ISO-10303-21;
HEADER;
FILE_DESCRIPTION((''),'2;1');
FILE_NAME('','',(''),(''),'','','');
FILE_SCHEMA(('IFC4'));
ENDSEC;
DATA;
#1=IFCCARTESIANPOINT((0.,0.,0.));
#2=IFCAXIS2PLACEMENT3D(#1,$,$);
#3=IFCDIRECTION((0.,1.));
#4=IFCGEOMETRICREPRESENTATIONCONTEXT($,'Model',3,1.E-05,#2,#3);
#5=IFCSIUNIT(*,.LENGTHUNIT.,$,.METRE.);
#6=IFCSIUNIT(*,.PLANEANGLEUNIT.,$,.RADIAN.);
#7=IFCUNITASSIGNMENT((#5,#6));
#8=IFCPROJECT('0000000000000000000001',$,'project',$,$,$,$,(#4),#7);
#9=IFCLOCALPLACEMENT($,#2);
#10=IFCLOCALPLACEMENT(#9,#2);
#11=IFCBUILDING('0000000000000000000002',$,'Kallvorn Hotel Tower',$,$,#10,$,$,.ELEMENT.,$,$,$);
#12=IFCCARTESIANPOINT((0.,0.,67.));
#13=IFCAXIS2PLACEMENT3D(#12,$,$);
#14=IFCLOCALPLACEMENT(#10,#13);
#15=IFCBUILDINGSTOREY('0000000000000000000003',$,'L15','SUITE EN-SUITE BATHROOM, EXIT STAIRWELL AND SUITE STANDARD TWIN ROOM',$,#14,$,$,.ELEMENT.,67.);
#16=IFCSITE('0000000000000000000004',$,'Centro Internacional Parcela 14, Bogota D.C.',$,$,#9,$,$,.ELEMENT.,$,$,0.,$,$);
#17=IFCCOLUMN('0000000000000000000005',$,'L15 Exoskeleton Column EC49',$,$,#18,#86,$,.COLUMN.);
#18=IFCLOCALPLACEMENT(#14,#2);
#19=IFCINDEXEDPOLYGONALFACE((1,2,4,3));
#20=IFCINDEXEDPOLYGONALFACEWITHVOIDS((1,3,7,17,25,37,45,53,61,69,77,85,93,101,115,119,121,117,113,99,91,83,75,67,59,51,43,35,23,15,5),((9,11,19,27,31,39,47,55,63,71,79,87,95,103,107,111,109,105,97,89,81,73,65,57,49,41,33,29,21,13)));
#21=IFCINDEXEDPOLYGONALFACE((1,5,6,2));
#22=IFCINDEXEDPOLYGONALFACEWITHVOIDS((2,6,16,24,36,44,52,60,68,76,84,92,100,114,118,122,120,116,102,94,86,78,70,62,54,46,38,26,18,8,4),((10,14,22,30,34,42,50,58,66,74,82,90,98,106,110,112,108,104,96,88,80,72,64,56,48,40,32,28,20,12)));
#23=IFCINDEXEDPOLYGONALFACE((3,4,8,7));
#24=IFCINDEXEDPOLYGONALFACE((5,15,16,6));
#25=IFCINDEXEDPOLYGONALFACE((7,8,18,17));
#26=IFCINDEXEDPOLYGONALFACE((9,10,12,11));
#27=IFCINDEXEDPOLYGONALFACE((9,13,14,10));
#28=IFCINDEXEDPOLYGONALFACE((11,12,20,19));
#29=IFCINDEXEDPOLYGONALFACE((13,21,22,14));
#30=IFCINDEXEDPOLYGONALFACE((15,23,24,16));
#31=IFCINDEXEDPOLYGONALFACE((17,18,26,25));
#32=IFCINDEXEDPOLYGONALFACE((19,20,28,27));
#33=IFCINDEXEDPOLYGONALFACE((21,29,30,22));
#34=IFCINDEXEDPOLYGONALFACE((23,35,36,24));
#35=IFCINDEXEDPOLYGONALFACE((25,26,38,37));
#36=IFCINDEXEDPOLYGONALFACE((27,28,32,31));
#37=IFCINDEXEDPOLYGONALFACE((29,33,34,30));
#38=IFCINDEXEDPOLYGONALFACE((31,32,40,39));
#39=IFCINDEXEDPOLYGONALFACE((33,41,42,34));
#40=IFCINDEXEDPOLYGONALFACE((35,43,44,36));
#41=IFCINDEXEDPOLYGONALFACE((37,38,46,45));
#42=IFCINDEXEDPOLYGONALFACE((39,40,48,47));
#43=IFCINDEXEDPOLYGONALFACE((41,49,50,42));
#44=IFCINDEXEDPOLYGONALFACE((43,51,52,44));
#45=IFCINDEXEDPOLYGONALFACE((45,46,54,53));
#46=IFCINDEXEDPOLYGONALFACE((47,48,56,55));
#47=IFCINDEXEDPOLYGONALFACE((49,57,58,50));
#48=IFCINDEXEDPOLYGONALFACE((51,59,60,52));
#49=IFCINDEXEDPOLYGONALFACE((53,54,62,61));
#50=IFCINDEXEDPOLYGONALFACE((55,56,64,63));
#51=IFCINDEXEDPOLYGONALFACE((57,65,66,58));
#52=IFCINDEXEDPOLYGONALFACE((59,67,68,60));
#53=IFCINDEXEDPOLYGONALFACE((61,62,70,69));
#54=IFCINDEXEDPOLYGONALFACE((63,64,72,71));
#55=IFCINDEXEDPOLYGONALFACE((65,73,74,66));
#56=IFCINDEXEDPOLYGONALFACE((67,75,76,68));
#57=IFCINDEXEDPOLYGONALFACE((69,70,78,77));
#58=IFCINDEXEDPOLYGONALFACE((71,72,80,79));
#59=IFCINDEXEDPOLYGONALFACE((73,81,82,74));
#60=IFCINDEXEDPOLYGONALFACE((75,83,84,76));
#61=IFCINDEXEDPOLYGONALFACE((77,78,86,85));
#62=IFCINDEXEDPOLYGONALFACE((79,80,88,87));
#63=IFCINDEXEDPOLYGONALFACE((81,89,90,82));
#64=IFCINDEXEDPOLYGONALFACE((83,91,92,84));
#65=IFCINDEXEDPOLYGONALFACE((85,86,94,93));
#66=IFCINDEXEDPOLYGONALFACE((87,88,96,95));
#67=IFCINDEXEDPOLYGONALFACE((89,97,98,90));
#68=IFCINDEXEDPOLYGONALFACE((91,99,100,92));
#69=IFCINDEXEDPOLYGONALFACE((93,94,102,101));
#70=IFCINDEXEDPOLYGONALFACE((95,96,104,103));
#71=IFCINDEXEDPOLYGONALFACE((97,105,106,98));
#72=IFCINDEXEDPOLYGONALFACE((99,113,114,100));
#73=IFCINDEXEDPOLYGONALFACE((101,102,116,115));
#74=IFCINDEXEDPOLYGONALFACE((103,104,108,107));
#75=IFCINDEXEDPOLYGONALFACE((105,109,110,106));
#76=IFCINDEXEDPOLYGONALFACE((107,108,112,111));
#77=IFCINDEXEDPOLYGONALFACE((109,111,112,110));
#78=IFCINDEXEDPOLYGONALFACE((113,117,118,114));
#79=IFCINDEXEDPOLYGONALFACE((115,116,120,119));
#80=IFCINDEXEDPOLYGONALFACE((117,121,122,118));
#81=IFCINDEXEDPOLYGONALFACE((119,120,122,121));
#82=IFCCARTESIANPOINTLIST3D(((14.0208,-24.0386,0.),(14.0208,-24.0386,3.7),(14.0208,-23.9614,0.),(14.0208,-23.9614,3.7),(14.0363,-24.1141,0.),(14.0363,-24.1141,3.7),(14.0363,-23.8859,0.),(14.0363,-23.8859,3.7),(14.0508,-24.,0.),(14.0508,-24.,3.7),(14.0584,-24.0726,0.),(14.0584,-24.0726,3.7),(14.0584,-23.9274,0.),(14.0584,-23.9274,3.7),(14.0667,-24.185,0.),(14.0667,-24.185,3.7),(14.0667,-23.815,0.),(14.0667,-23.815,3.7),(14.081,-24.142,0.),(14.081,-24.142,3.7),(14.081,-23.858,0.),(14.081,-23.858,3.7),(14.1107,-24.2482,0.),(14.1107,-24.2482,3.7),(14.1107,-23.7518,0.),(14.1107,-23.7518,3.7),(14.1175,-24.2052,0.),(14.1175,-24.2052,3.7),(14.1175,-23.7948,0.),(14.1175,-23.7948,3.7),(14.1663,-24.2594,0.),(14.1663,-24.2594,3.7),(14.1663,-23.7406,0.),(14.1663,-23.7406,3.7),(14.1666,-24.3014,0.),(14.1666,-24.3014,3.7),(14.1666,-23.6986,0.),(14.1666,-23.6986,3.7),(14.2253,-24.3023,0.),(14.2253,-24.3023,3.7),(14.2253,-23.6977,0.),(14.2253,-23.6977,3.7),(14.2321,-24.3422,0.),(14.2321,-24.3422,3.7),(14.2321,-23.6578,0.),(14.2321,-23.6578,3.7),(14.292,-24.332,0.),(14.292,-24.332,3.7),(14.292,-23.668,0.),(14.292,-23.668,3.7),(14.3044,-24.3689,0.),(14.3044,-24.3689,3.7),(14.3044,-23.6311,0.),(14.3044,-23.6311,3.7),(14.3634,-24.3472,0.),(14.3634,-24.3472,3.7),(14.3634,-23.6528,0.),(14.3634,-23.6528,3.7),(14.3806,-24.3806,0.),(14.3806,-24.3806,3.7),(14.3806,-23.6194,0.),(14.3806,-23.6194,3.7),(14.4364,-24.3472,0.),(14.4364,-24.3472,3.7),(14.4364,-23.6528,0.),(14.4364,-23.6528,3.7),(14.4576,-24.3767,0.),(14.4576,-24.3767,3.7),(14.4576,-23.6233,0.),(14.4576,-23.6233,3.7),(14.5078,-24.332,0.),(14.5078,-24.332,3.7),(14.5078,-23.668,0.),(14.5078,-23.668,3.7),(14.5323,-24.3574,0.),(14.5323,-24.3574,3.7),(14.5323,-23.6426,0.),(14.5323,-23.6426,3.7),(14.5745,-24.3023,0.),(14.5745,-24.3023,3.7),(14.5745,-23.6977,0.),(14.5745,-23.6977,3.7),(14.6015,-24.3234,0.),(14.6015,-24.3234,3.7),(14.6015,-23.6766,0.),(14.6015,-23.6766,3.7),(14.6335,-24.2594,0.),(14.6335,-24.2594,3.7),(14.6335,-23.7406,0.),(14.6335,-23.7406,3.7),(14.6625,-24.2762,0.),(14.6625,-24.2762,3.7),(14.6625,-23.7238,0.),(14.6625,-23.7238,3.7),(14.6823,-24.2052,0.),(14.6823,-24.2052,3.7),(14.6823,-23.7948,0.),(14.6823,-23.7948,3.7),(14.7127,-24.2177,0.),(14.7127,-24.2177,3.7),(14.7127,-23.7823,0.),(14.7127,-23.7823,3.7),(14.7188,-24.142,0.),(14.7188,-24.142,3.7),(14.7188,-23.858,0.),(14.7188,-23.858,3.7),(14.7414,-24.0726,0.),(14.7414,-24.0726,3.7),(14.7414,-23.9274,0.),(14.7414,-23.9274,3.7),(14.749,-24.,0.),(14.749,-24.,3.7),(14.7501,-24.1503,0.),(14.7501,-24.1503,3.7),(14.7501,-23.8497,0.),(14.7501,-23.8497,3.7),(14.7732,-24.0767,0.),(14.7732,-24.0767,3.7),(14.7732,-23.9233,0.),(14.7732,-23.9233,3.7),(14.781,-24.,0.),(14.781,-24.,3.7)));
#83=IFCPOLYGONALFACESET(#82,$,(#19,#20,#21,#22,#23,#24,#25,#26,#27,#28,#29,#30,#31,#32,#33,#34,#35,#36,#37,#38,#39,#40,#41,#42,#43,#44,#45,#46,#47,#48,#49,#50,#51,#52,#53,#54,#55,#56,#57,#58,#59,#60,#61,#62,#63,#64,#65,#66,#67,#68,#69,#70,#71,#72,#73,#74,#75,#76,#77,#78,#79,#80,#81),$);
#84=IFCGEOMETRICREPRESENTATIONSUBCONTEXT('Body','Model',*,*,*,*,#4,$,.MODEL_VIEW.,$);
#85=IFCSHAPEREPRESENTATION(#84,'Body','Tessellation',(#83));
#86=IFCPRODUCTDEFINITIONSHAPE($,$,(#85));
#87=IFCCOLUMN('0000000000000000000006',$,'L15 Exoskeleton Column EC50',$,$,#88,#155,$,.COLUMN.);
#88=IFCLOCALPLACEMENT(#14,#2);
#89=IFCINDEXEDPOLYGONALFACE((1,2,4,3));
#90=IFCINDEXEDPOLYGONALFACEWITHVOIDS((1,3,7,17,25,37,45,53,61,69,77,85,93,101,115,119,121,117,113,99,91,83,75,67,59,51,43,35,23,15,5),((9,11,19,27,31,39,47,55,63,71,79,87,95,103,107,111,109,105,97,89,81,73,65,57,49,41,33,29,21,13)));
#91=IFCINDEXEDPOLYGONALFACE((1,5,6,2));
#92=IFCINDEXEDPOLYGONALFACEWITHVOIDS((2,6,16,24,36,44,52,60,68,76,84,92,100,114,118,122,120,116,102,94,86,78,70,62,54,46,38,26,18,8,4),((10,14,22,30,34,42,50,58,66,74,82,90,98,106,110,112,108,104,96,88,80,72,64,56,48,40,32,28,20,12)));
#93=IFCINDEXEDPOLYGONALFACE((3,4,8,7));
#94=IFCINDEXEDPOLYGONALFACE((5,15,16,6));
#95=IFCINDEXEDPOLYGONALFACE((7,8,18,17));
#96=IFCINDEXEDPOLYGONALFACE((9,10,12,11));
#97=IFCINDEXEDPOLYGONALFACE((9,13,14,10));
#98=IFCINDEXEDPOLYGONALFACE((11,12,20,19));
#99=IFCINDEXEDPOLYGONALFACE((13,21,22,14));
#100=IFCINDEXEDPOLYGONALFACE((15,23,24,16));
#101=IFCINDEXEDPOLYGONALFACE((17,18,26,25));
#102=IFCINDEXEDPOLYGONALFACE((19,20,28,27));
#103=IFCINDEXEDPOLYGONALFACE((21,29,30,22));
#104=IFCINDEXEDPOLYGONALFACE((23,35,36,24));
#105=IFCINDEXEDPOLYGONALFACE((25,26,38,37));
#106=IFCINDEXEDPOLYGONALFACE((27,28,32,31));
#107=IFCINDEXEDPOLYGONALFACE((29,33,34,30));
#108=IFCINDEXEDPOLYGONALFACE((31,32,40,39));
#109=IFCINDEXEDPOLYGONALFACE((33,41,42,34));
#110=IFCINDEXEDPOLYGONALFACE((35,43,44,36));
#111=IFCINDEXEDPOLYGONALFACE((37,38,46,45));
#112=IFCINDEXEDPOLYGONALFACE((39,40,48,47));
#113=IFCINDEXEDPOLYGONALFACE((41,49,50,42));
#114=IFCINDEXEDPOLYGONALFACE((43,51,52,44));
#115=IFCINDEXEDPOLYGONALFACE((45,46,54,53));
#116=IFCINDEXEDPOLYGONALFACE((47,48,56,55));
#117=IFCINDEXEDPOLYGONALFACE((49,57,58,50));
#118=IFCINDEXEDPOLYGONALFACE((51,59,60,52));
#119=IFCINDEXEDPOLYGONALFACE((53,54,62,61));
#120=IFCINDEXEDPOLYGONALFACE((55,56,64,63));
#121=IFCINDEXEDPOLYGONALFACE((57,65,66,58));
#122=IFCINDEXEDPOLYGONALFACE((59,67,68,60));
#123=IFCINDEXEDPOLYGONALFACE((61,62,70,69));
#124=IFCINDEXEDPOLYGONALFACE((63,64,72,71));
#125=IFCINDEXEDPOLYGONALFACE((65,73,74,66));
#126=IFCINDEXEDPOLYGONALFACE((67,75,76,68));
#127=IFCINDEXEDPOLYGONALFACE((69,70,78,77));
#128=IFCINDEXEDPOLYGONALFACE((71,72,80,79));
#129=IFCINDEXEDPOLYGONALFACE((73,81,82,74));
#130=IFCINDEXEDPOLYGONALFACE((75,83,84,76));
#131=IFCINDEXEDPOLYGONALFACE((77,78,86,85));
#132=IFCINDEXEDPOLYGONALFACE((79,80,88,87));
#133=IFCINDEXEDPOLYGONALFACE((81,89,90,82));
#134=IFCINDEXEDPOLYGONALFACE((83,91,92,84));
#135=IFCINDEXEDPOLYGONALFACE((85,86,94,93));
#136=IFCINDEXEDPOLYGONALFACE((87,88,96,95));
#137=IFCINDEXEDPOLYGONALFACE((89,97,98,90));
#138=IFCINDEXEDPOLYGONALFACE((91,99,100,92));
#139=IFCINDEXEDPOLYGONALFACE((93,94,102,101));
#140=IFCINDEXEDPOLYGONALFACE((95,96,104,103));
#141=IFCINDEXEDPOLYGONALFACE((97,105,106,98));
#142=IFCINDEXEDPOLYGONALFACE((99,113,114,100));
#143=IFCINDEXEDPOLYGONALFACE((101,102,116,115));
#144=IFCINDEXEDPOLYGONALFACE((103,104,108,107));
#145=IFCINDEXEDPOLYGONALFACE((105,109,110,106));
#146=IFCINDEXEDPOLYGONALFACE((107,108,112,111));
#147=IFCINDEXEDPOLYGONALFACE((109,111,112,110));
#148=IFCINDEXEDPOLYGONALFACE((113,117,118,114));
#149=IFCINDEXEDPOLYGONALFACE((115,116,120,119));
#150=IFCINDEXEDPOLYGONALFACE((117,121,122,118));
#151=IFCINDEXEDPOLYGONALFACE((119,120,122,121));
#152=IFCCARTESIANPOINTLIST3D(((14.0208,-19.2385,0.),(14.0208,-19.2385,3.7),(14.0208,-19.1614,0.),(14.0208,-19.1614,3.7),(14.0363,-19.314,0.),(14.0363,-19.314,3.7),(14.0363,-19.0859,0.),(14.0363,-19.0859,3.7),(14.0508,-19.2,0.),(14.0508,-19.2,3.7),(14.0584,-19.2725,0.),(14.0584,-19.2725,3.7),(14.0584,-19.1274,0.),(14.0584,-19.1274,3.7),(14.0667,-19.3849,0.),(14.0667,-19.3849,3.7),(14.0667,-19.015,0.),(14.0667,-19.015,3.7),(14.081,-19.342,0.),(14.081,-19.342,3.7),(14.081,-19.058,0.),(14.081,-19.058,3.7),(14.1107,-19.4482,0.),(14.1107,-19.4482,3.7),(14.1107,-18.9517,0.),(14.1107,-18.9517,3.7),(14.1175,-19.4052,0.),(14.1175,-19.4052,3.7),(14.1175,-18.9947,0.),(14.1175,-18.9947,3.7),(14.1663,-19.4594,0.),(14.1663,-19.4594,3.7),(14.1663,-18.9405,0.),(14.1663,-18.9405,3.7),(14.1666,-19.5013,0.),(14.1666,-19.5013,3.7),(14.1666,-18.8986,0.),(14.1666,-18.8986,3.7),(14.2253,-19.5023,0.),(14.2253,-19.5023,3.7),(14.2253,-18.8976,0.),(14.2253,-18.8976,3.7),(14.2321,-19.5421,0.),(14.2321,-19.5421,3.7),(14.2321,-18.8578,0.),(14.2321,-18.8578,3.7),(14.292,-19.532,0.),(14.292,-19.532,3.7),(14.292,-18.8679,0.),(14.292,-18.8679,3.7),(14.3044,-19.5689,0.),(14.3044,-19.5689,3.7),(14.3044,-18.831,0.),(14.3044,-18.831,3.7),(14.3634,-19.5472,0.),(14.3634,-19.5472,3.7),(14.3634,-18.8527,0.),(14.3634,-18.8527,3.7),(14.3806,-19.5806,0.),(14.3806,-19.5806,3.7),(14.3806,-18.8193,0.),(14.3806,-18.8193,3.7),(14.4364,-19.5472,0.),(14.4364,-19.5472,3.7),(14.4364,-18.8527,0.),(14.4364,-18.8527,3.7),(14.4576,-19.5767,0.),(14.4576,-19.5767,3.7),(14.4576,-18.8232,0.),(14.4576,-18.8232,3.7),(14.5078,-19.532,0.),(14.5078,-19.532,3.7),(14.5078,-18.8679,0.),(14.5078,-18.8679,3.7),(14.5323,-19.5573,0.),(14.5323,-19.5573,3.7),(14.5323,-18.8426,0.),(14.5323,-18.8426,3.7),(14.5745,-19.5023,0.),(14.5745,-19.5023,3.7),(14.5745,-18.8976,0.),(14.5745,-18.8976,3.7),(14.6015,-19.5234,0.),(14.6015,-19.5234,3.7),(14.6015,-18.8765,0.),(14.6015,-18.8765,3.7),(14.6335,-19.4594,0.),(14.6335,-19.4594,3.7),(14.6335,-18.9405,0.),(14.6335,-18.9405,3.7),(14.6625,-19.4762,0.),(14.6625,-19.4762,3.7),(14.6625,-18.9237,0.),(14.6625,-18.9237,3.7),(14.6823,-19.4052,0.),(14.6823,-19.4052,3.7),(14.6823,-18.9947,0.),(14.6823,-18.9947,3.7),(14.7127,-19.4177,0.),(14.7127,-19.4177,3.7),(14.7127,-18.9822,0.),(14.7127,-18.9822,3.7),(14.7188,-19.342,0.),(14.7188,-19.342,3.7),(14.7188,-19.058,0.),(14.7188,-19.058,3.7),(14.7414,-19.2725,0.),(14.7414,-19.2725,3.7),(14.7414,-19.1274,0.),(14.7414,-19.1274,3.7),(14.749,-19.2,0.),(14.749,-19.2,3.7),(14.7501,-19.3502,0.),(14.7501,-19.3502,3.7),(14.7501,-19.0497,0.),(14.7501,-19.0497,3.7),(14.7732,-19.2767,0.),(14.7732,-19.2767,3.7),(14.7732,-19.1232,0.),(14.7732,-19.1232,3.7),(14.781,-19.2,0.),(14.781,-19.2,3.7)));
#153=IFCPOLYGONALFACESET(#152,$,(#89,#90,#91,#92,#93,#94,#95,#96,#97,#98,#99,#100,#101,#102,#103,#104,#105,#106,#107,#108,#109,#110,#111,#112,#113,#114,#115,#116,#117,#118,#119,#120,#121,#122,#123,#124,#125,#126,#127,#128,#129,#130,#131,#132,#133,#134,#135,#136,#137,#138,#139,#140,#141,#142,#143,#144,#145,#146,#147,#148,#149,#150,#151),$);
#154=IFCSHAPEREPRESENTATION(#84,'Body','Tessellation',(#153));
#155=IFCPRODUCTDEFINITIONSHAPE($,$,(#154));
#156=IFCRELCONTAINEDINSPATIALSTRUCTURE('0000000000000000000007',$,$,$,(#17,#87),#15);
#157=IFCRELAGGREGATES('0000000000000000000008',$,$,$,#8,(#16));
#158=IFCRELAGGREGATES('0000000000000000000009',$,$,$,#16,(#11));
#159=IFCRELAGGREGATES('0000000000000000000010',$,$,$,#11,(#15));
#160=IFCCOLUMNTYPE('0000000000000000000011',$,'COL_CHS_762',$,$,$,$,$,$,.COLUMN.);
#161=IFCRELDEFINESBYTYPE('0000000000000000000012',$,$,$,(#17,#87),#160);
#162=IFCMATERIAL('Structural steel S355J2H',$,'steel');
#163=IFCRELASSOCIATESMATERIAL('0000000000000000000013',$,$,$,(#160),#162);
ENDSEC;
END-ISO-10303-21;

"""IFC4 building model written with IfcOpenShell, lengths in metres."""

from ifc_helpers import new_model, si_unit, direction, frame, origin, origin_2d, place, context, subcontext, project, spatial, hollow_circle, extrude, material, material_profile, profile_set, type_object, element, save


model = new_model("IFC4")

# Units and contexts
model_context = context("Model", 3, precision=1e-05, world=origin(), true_north=direction((0.0, 1.0)))
body_context = subcontext(model_context, "Body", "Model", "MODEL_VIEW")
ifc_project = project(units=[si_unit("LENGTHUNIT", "METRE"), si_unit("PLANEANGLEUNIT", "RADIAN")], contexts=[model_context])

# Site, building, storey
site_placement = place(None, origin())
site = spatial("IfcSite", under=ifc_project, at=site_placement, Name="Centro Internacional Parcela 14, Bogota D.C.", CompositionType="ELEMENT", RefElevation=0.0)
building_placement = place(site_placement, origin())
building = spatial("IfcBuilding", under=site, at=building_placement, Name="Kallvorn Hotel Tower", CompositionType="ELEMENT")
storey_placement = place(building_placement, frame((0.0, 0.0, 67.0)))
storey = spatial("IfcBuildingStorey", under=building, at=storey_placement, Name="L15", Description="SUITE EN-SUITE BATHROOM, EXIT STAIRWELL AND SUITE STANDARD TWIN ROOM", CompositionType="ELEMENT", Elevation=67.0)

# Columns
ifc_material_1 = material(Name="Structural steel S355J2H", Category="steel")
ifc_material_profile_1 = material_profile(ifc_material_1, hollow_circle(Radius=0.3811, WallThickness=0.032, at=origin_2d()), Name="CHS 762x32")
ifc_profile_set_1 = profile_set([ifc_material_profile_1], Name="Structural steel S355J2H")
column_type_1 = type_object("IfcColumnType", Name="COL_CHS_762", PredefinedType="COLUMN", material=ifc_profile_set_1)
for number, where, z_axis, x_axis, name in (
    (1, (14.3999, -24.0, 0.0), (0.0, 0.0, 1.0), (1.0, 0.0, 0.0), "L15 Exoskeleton Column EC49"),
    (2, (14.3999, -19.2, 0.0), (0.0, 0.0, 1.0), (1.0, 0.0, 0.0), "L15 Exoskeleton Column EC50"),
):
    element("IfcColumn", number, at=place(storey_placement, frame(where, z_axis=z_axis, x_axis=x_axis)), inside=storey, type_object=column_type_1, Name=name, PredefinedType="COLUMN", context=body_context, shape_type="SweptSolid", body=[
        extrude(hollow_circle(Radius=0.3811, WallThickness=0.032, at=origin_2d()), origin(), (0.0, 0.0, 1.0), 3.7),
    ])

save(model, "model.ifc")
